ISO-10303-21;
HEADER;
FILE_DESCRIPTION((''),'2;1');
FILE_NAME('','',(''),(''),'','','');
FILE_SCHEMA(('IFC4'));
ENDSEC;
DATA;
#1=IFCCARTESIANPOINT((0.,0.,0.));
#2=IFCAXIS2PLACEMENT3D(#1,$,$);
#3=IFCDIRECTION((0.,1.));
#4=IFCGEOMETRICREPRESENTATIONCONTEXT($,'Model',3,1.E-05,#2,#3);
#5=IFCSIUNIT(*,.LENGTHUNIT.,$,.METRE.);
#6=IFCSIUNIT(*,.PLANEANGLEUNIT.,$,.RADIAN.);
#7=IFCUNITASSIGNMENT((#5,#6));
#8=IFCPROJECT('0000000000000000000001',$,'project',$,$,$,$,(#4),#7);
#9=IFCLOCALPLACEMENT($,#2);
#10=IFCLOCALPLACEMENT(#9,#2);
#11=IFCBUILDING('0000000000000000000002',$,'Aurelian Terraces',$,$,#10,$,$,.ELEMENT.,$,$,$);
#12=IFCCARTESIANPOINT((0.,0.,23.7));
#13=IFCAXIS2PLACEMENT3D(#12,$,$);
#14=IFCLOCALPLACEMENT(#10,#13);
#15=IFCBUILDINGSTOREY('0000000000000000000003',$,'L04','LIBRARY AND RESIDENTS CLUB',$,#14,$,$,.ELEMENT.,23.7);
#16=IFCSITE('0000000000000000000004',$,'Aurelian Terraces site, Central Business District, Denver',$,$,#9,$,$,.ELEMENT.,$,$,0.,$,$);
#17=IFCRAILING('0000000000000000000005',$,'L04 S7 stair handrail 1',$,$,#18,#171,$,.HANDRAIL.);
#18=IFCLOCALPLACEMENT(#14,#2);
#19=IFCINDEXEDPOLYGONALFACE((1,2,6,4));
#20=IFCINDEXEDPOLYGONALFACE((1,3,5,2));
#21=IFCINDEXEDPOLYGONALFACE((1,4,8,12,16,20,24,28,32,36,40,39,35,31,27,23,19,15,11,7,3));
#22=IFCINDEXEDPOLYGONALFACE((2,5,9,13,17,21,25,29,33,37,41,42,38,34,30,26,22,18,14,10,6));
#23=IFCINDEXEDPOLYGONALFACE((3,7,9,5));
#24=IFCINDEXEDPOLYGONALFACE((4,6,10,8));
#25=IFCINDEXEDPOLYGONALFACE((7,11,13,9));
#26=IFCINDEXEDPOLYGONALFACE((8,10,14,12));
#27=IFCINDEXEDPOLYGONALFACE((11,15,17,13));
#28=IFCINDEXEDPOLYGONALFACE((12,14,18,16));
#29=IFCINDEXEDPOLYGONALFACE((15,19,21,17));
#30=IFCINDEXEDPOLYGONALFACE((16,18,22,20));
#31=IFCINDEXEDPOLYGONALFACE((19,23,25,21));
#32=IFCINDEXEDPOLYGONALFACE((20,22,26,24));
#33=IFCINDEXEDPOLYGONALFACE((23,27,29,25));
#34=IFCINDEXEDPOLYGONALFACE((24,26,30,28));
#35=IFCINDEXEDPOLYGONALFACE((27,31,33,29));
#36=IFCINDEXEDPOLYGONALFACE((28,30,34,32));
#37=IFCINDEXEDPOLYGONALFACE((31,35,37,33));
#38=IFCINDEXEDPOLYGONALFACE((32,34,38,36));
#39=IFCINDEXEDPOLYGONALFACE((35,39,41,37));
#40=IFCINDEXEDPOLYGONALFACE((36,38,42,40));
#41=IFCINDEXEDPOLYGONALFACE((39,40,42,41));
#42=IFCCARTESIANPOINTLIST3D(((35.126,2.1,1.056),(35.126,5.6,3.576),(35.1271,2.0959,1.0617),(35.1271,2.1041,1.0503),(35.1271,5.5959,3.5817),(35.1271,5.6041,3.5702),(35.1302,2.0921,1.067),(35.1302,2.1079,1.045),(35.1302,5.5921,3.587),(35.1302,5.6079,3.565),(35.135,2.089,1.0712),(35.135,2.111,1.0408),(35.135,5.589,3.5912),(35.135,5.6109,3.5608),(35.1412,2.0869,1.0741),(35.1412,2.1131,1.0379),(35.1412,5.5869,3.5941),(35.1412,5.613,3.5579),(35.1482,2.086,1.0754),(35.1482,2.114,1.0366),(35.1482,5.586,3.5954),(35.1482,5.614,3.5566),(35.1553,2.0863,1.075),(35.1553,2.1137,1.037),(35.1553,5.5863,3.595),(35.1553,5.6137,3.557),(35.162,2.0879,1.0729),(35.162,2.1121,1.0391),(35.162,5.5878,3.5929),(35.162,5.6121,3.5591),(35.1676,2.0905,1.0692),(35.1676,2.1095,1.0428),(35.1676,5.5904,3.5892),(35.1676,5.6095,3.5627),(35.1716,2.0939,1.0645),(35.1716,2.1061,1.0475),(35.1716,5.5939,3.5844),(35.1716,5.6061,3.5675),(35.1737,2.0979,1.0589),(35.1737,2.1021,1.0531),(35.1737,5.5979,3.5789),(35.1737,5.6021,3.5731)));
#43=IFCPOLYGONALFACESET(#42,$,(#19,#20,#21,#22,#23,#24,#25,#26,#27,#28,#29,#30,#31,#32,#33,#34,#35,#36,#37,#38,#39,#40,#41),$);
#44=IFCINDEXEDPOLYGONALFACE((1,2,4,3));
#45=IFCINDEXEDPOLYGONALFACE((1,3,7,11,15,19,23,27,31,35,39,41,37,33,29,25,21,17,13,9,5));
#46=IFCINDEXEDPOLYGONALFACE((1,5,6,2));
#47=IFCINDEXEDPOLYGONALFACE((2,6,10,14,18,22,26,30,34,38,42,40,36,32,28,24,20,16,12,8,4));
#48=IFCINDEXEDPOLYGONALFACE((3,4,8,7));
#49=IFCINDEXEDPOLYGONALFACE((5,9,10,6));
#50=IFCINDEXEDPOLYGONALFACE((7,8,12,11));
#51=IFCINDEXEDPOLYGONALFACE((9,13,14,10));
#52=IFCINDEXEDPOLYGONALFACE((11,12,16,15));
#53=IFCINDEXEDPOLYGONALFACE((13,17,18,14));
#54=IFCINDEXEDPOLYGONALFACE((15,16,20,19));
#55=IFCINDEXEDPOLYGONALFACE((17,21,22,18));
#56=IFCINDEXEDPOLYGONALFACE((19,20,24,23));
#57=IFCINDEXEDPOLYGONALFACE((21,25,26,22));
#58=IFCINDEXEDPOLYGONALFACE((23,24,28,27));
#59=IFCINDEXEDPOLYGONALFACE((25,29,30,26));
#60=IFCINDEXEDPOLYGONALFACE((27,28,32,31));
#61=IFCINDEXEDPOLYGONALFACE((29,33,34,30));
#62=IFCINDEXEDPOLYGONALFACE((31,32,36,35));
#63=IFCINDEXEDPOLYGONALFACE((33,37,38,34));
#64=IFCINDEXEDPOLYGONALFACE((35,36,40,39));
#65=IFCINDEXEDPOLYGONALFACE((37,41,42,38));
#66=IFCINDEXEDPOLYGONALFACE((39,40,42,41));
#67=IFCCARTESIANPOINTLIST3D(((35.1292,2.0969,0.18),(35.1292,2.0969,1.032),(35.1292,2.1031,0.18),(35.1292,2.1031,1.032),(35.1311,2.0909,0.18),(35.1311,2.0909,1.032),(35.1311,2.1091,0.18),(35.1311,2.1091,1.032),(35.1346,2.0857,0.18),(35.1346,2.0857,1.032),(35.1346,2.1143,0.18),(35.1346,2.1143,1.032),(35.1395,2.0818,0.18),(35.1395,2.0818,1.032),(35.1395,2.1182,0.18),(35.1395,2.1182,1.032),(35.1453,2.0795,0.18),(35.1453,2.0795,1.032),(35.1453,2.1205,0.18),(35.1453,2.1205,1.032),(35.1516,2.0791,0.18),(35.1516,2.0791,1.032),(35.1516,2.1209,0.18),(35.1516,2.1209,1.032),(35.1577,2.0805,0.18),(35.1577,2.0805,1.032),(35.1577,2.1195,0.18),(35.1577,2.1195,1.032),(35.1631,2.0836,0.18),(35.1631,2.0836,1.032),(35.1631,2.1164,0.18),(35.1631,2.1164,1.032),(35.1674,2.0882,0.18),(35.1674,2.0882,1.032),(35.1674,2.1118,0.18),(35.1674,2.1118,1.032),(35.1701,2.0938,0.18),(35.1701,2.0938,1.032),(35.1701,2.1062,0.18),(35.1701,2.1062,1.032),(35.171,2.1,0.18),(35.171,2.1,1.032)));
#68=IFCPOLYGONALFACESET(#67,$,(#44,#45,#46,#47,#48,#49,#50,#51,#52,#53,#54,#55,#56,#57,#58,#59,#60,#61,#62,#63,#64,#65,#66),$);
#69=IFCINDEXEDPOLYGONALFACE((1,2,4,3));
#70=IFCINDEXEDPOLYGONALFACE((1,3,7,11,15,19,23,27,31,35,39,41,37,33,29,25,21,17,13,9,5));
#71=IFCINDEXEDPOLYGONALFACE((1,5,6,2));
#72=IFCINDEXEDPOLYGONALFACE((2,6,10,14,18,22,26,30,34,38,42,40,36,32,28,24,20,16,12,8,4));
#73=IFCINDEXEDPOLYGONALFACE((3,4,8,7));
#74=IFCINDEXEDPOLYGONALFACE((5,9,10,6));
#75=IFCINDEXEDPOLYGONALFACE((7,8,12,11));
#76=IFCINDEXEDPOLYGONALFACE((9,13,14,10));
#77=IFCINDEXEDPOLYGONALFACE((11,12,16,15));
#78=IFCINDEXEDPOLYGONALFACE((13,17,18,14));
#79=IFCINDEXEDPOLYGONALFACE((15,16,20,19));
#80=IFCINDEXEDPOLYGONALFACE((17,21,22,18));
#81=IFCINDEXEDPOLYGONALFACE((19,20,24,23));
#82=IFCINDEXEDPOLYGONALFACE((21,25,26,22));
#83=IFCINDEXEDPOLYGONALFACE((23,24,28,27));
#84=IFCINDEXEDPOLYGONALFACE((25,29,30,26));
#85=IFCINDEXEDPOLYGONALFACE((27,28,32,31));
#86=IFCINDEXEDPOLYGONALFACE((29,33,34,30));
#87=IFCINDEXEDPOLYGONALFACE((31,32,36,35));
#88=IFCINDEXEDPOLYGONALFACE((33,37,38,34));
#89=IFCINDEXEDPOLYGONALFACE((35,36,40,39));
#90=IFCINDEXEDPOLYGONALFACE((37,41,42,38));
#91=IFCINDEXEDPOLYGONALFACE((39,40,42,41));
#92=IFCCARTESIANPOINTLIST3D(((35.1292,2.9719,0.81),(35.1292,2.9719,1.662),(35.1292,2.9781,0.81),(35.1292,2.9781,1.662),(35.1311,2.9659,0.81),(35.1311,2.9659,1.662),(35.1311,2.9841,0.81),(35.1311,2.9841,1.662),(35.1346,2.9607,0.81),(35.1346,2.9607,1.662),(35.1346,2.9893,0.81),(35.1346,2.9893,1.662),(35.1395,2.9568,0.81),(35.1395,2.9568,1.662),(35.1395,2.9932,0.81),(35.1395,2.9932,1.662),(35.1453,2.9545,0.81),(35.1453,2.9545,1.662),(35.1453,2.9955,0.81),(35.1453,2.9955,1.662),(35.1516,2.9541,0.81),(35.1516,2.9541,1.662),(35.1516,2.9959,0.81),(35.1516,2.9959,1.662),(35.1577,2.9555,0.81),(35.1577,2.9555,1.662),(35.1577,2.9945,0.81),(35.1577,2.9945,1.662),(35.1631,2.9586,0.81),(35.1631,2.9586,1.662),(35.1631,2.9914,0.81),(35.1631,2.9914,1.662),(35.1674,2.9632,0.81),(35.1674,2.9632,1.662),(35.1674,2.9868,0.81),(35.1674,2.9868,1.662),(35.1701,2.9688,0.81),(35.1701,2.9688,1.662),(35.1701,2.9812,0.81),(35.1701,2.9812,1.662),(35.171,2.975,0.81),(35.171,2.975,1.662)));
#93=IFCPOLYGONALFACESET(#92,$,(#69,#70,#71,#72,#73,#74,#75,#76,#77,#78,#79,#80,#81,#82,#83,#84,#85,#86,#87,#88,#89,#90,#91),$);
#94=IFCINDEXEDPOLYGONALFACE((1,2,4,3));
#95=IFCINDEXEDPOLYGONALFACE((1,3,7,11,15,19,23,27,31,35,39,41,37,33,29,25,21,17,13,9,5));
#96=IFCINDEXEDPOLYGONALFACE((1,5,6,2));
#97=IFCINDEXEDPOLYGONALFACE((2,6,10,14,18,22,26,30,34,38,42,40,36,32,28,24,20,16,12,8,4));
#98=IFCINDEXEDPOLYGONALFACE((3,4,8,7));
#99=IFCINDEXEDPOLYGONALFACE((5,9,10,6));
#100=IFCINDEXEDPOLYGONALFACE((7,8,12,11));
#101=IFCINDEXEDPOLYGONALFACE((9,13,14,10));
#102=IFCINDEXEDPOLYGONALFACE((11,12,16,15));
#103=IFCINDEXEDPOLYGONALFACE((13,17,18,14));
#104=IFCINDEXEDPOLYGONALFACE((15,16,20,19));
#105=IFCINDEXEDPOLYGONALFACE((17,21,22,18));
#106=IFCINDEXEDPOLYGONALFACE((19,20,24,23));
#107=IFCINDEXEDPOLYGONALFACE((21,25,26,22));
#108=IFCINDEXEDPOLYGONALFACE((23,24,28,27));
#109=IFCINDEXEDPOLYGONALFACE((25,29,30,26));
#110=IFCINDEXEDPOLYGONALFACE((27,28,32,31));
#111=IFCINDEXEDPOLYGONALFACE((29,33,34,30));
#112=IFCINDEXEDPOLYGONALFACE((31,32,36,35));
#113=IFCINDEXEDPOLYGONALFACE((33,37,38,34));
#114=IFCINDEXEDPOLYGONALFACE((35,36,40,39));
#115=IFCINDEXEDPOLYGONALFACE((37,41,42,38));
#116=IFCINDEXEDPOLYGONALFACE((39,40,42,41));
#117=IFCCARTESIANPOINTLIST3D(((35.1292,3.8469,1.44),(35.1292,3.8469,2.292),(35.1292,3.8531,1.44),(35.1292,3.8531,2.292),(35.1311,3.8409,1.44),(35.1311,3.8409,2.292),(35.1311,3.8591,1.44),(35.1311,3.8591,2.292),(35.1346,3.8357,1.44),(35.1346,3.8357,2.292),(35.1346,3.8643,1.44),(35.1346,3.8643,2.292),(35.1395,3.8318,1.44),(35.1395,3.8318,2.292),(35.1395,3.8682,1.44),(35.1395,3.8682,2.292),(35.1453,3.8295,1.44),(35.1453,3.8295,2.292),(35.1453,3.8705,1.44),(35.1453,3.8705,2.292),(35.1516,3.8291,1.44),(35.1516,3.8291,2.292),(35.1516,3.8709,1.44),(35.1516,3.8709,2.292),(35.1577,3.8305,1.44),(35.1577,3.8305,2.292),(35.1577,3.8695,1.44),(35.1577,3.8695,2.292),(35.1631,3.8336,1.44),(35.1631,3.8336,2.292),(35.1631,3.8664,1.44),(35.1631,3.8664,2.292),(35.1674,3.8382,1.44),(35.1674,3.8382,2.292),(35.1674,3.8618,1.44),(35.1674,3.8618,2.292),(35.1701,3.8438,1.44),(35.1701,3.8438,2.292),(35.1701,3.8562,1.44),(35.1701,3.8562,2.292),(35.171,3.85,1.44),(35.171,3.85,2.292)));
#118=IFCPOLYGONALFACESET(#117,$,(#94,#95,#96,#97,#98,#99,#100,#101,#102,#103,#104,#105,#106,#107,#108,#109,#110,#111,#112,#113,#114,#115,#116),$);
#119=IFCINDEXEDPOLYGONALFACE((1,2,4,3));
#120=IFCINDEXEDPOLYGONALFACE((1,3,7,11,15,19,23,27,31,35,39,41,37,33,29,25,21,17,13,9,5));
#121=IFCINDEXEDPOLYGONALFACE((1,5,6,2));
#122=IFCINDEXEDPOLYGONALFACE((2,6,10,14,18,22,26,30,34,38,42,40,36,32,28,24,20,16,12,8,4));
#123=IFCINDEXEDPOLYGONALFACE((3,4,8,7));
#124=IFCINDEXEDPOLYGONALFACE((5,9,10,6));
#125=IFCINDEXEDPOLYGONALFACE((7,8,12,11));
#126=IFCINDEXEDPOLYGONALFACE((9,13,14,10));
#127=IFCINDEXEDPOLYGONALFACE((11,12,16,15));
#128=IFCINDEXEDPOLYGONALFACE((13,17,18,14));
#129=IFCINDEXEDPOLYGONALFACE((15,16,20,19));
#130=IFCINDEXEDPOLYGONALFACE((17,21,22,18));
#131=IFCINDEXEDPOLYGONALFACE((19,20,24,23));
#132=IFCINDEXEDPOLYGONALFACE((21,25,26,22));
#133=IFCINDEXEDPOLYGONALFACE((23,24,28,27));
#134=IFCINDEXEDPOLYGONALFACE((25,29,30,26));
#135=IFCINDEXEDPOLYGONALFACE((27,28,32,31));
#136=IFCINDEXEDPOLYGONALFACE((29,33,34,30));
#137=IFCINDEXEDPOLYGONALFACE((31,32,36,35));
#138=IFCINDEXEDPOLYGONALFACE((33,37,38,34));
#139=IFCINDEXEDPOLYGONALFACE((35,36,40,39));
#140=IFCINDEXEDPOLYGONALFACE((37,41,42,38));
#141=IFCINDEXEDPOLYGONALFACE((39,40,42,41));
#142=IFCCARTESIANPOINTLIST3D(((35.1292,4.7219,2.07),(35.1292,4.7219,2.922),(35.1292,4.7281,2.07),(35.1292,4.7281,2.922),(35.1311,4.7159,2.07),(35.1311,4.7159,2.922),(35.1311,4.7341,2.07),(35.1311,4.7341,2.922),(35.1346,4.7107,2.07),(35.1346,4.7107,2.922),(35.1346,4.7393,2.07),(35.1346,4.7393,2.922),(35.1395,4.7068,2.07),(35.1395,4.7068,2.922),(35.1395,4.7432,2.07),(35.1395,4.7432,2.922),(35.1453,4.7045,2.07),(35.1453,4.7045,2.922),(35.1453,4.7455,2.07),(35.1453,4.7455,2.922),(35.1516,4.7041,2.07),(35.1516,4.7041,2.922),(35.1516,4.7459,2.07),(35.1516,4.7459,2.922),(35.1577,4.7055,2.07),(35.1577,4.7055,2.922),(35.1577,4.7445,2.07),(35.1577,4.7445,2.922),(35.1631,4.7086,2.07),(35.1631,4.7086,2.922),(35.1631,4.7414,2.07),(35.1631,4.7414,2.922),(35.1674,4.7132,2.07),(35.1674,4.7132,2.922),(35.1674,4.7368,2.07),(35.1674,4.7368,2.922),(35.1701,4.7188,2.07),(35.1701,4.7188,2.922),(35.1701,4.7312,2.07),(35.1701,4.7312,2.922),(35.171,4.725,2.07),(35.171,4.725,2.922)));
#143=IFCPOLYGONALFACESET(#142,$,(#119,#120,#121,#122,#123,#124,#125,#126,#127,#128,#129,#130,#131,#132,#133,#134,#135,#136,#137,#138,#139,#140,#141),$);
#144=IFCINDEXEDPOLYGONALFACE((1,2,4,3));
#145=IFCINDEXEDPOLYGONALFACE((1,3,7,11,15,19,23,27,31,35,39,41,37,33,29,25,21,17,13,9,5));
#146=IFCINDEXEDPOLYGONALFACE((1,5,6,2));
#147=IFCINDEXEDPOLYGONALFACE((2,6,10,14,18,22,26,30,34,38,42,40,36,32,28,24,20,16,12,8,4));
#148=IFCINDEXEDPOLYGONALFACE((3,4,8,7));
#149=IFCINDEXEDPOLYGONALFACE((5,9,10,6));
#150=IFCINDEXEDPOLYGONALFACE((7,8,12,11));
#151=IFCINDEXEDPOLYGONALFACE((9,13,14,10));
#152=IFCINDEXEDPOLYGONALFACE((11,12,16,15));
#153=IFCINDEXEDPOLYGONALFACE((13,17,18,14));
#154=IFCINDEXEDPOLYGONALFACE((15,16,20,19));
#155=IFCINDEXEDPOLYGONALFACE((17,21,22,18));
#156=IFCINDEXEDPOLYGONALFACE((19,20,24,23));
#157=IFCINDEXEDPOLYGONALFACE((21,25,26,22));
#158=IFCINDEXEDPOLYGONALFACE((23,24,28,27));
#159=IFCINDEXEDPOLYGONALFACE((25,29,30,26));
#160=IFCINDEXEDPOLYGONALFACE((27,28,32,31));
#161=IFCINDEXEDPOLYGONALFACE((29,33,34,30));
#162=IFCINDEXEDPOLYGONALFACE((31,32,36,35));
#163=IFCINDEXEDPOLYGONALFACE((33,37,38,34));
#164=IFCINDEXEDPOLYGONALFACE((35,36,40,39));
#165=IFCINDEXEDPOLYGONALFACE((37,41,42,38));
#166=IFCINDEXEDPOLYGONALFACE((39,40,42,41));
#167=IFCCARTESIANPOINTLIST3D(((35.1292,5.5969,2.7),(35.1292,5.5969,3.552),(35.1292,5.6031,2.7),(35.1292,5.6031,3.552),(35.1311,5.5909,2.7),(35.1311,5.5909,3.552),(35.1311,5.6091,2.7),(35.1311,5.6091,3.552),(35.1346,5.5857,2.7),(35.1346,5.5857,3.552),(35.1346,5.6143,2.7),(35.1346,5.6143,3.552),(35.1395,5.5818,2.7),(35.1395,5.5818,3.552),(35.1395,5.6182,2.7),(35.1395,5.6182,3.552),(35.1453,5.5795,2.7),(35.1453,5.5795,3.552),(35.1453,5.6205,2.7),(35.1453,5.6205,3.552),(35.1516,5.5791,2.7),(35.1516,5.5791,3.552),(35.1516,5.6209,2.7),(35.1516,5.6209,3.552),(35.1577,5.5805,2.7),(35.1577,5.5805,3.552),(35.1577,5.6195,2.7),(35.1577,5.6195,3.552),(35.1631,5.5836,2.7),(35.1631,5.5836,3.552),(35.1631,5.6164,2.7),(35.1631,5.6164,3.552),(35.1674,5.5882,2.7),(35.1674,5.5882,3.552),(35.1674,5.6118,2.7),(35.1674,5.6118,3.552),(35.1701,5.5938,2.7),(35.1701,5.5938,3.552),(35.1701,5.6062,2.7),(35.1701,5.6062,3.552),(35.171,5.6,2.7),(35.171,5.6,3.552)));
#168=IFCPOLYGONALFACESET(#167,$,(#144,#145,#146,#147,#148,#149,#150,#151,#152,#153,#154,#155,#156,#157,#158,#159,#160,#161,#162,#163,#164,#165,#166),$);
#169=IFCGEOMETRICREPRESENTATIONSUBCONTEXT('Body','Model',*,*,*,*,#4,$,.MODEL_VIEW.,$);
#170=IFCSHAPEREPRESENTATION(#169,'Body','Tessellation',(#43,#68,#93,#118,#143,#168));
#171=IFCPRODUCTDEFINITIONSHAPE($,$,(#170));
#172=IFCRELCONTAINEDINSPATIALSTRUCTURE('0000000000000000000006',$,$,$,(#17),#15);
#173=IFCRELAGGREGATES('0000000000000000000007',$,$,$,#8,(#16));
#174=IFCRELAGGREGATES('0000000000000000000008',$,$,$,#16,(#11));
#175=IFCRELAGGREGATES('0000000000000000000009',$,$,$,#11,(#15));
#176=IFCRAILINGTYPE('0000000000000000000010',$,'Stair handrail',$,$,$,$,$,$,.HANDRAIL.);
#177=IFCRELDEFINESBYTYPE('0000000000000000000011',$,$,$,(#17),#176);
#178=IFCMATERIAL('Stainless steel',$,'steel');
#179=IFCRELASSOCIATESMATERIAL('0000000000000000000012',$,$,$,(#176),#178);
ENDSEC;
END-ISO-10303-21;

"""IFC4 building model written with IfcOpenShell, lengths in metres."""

from ifc_helpers import new_model, si_unit, direction, frame, origin, origin_2d, place, context, subcontext, project, spatial, circle, extrude, source, transform, mapped, material, type_object, element, save


model = new_model("IFC4")

# Units and contexts
model_context = context("Model", 3, precision=1e-05, world=origin(), true_north=direction((0.0, 1.0)))
body_context = subcontext(model_context, "Body", "Model", "MODEL_VIEW")
ifc_project = project(units=[si_unit("LENGTHUNIT", "METRE"), si_unit("PLANEANGLEUNIT", "RADIAN")], contexts=[model_context])

# Site, building, storey
site_placement = place(None, origin())
site = spatial("IfcSite", under=ifc_project, at=site_placement, Name="Aurelian Terraces site, Central Business District, Denver", CompositionType="ELEMENT", RefElevation=0.0)
building_placement = place(site_placement, origin())
building = spatial("IfcBuilding", under=site, at=building_placement, Name="Aurelian Terraces", CompositionType="ELEMENT")
storey_placement = place(building_placement, frame((0.0, 0.0, 23.7)))
storey = spatial("IfcBuildingStorey", under=building, at=storey_placement, Name="L04", Description="LIBRARY AND RESIDENTS CLUB", CompositionType="ELEMENT", Elevation=23.7)

# Railing
ifc_material_1 = material(Name="Stainless steel", Category="steel")
railing_type_1 = type_object("IfcRailingType", Name="Stair handrail", PredefinedType="HANDRAIL", material=ifc_material_1)
shared_shape_1 = source(origin(), body_context, "Body", "SweptSolid", [
    extrude(circle(Radius=0.024, at=origin_2d()), frame((0.0, 0.0, 0.876), z_axis=(0.0, 0.811534, 0.584305), x_axis=(-1.0, 0.0, 0.0)), (0.0, 0.0, 1.0), 4.3128),
    extrude(circle(Radius=0.021, at=origin_2d()), origin(), (0.0, 0.0, 1.0), 0.852),
    extrude(circle(Radius=0.021, at=origin_2d()), frame((0.0, 0.875, 0.63)), (0.0, 0.0, 1.0), 0.852),
    extrude(circle(Radius=0.021, at=origin_2d()), frame((0.0, 1.75, 1.26)), (0.0, 0.0, 1.0), 0.852),
    extrude(circle(Radius=0.021, at=origin_2d()), frame((0.0, 2.625, 1.89)), (0.0, 0.0, 1.0), 0.852),
    extrude(circle(Radius=0.021, at=origin_2d()), frame((0.0, 3.5, 2.52)), (0.0, 0.0, 1.0), 0.852),
])
railing_1_placement = place(storey_placement, frame((35.15, 2.1, 0.18)))
element("IfcRailing", 1, at=railing_1_placement, inside=storey, type_object=railing_type_1, Name="L04 S7 stair handrail 1", PredefinedType="HANDRAIL", context=body_context, shape_type="MappedRepresentation", body=[
    mapped(shared_shape_1, transform((0.0, 0.0, 0.0), scale=1.0)),
])

save(model, "model.ifc")
